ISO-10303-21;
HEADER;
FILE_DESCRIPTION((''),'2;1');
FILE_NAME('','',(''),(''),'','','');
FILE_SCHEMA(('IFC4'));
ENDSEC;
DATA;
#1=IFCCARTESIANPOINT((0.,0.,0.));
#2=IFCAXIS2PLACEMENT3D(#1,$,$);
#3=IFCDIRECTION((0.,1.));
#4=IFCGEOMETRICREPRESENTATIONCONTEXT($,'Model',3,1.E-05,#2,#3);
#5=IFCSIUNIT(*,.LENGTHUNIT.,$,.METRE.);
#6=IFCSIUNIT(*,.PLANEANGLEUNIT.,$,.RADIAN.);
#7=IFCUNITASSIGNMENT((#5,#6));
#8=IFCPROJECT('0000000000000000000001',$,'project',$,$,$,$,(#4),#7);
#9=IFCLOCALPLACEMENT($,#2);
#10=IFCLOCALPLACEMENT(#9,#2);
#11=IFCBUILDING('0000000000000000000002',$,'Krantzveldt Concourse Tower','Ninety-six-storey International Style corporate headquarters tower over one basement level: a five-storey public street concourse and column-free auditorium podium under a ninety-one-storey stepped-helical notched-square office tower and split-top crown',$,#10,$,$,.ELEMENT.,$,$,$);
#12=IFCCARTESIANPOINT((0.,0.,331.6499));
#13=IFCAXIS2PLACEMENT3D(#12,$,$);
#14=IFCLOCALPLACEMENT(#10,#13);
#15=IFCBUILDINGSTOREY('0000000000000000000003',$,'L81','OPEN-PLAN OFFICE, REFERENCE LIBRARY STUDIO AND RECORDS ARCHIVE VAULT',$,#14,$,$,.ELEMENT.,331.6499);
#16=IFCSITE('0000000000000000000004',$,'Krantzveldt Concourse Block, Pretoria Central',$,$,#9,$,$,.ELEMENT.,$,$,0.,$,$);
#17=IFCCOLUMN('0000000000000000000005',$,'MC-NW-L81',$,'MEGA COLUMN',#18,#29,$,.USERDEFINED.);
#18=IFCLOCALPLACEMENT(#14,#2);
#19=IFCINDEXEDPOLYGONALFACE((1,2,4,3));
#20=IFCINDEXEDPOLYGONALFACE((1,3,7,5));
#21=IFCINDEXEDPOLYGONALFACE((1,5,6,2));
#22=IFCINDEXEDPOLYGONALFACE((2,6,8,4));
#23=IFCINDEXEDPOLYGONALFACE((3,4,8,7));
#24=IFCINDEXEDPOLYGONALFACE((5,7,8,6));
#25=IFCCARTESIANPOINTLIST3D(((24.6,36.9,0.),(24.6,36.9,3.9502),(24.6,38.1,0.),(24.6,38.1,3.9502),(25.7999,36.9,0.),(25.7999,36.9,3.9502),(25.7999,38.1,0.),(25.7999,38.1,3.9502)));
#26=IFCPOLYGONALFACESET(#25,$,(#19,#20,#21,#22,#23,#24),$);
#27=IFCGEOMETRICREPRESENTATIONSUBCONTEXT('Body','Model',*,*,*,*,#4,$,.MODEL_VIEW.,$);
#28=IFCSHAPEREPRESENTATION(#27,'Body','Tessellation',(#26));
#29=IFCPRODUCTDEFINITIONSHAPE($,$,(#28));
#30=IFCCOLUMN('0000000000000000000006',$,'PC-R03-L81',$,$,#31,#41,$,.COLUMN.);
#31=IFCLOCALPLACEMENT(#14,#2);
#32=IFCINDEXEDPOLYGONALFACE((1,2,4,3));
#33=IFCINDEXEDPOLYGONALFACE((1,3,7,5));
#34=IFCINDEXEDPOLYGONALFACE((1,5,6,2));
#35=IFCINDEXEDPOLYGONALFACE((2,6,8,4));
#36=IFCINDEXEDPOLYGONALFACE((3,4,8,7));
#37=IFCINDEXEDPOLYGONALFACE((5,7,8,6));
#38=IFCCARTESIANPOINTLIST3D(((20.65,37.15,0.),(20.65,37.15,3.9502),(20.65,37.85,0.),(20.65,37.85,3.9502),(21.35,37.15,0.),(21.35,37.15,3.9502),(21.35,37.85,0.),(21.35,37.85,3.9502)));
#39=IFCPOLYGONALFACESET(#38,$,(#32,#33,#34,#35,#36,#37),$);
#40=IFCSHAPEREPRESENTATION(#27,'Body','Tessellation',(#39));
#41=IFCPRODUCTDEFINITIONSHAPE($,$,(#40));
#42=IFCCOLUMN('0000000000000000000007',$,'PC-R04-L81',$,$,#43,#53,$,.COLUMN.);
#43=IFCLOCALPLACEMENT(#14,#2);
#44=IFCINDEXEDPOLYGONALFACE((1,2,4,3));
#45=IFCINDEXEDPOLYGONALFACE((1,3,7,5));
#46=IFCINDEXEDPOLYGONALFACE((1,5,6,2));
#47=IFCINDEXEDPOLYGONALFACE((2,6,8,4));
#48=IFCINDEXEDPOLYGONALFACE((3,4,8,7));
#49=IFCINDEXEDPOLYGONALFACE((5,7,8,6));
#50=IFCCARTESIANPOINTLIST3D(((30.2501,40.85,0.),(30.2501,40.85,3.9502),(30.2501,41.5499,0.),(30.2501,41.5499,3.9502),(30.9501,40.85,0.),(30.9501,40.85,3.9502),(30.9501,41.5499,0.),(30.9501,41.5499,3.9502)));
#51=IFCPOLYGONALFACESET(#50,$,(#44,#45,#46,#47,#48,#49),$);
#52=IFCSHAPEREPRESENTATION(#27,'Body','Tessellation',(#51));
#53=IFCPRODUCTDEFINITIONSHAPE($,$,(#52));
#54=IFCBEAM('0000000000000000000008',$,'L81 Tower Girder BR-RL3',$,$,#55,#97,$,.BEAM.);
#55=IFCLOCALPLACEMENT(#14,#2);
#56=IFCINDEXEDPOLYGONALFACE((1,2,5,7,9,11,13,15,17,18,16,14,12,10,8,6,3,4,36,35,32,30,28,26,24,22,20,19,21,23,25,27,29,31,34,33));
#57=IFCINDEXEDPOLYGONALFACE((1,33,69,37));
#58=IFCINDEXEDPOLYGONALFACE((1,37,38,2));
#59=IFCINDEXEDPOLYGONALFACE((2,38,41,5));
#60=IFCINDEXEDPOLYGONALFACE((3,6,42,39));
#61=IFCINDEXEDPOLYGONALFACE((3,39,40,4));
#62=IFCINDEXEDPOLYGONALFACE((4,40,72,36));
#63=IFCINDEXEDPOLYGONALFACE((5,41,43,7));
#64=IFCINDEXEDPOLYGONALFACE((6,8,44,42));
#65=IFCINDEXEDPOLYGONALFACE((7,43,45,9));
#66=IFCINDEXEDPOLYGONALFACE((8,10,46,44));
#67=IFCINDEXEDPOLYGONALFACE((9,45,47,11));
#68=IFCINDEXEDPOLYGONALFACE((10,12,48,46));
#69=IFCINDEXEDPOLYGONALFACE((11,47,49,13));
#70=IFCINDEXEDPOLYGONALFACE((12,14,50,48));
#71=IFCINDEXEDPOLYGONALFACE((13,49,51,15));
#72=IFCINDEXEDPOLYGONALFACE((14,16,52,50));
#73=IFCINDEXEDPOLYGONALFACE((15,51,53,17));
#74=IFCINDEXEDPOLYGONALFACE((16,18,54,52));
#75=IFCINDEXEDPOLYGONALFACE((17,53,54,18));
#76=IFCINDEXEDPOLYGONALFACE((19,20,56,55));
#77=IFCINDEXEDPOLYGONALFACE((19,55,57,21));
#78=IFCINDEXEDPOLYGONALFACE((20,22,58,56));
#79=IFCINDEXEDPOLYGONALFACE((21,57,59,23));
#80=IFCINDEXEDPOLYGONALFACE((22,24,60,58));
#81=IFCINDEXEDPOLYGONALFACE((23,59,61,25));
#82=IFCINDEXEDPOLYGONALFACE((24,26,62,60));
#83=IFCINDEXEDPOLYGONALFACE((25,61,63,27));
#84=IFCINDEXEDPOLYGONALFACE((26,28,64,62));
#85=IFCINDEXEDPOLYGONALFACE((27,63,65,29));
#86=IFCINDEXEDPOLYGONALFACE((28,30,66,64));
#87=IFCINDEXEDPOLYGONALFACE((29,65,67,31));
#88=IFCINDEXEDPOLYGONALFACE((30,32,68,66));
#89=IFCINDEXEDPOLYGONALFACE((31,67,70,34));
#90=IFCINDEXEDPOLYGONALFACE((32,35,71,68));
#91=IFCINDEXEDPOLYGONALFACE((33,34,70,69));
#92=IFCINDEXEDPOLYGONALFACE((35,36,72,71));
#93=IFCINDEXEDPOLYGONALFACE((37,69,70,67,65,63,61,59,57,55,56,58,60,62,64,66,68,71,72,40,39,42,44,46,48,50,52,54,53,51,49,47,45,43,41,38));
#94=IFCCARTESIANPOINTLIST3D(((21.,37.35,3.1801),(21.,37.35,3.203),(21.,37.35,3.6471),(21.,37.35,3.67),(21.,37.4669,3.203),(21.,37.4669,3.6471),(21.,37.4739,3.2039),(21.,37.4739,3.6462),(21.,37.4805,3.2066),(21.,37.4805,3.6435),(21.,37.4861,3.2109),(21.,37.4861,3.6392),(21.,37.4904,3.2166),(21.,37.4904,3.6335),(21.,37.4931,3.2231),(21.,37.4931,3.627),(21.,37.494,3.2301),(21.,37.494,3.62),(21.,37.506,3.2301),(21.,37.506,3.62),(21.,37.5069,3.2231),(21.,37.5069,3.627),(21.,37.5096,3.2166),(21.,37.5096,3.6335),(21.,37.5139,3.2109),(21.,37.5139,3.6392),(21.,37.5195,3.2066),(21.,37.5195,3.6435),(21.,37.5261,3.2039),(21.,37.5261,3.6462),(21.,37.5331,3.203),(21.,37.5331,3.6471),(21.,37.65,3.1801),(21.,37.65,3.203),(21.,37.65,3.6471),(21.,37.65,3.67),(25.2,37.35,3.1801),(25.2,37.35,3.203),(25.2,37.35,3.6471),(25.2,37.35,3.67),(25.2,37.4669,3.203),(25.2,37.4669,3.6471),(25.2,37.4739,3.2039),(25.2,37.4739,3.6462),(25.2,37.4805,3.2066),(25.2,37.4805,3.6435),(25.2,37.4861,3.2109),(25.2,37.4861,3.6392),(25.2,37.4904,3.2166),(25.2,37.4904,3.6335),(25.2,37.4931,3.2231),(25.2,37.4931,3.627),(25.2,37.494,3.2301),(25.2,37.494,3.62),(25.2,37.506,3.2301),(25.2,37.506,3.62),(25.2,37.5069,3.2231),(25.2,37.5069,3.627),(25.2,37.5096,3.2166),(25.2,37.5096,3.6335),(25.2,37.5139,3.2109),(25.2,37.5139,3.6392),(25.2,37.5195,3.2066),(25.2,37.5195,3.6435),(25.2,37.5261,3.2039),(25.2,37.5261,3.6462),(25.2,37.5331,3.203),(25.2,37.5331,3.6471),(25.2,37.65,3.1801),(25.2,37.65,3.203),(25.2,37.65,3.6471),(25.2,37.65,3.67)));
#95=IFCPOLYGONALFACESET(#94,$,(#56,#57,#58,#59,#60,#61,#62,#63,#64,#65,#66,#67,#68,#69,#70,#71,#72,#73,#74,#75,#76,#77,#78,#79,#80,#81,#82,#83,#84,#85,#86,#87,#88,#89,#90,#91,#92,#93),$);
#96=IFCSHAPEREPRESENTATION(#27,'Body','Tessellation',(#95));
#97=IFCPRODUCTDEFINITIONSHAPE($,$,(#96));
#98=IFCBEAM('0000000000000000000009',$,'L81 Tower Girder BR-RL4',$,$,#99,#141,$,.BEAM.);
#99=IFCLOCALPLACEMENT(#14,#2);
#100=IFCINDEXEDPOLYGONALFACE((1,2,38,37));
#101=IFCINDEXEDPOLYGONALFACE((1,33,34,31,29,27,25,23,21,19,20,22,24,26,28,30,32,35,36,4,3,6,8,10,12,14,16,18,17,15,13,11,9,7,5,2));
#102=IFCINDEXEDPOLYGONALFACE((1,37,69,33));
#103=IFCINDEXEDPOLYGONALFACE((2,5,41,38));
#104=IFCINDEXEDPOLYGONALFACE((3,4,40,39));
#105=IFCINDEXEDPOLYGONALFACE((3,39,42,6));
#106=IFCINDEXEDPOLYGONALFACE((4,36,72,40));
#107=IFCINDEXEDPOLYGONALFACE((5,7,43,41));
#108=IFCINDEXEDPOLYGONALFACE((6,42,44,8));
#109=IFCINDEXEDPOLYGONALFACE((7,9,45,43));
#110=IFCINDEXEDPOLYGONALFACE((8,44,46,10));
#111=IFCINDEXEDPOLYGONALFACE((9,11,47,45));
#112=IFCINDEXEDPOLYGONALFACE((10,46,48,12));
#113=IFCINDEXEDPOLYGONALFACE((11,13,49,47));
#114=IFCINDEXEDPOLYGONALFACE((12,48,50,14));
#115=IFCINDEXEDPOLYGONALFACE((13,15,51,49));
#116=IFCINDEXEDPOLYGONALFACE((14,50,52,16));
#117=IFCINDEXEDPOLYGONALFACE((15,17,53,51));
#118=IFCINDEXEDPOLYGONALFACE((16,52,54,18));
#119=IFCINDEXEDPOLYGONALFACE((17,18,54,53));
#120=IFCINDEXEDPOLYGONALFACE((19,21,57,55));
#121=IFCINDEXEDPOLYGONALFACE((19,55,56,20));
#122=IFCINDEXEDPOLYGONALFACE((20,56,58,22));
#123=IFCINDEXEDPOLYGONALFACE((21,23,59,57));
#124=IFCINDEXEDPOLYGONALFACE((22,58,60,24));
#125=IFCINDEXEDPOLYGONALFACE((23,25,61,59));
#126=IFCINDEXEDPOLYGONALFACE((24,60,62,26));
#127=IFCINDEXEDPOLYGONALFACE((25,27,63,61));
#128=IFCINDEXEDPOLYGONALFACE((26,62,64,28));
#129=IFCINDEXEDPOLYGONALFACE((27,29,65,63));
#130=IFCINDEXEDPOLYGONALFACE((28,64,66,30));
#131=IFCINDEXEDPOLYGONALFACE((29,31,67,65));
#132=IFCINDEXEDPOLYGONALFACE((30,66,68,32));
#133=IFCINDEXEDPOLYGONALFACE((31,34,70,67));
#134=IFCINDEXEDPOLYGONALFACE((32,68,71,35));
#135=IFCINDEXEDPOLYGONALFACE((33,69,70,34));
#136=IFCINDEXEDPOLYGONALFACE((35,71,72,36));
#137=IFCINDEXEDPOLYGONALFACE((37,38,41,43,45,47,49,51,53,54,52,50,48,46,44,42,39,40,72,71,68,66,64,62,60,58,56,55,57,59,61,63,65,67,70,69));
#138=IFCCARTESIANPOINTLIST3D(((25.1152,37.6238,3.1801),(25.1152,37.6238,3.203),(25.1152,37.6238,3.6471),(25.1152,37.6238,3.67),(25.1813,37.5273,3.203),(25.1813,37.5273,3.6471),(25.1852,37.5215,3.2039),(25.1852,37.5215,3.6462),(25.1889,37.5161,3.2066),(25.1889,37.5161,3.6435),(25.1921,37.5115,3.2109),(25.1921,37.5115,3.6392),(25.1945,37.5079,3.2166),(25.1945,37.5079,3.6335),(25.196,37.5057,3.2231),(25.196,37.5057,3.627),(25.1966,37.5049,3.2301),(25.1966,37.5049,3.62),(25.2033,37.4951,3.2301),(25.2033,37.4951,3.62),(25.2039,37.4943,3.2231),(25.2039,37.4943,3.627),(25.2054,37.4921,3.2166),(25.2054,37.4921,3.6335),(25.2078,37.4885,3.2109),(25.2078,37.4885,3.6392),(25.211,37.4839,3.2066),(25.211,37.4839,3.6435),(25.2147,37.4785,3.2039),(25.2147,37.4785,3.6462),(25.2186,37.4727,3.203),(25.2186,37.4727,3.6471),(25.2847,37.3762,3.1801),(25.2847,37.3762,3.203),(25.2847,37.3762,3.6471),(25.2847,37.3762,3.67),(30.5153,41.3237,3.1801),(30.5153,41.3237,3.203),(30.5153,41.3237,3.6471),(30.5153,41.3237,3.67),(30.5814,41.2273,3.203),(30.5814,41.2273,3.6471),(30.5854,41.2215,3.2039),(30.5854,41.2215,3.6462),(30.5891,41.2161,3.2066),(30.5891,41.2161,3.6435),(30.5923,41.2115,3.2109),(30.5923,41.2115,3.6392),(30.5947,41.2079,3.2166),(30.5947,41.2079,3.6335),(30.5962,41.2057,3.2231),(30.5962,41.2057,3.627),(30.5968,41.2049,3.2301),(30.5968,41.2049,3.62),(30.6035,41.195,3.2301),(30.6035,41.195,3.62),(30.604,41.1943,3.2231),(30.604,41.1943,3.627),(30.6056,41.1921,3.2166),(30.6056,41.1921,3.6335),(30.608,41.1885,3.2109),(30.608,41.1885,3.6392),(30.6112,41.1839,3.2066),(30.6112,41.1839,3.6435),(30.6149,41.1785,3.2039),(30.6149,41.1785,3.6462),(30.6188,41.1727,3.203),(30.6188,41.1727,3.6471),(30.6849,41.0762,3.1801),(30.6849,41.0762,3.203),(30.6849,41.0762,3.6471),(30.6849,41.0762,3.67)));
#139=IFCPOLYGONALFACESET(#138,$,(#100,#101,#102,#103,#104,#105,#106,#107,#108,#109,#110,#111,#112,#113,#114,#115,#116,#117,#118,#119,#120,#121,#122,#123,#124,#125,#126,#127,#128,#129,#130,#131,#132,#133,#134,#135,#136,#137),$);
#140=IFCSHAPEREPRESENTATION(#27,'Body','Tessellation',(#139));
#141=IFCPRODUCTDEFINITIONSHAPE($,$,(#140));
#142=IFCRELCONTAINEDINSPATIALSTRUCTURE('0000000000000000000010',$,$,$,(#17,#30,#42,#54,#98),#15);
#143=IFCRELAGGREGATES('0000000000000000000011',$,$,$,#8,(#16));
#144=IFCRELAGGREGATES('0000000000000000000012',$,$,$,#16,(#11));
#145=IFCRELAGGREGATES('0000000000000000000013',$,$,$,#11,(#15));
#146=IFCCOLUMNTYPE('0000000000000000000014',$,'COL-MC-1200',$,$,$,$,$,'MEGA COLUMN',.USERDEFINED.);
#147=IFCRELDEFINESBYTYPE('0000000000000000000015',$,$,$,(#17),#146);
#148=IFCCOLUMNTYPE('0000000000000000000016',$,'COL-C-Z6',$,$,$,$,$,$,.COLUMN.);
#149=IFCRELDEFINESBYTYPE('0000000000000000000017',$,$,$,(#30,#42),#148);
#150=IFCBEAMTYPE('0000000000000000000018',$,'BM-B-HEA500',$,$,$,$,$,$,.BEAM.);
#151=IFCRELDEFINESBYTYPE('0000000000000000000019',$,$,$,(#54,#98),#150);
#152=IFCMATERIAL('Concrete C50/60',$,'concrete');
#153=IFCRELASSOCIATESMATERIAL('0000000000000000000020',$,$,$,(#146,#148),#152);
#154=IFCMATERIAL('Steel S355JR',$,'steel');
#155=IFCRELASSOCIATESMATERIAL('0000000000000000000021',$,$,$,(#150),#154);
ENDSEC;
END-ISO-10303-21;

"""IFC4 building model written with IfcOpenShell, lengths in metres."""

from ifc_helpers import new_model, si_unit, direction, frame, origin, origin_2d, place, context, subcontext, project, spatial, rectangle, i_section, extrude, source, transform, mapped, material, material_profile, profile_set, type_object, type_shapes, element, save


model = new_model("IFC4")

# Units and contexts
model_context = context("Model", 3, precision=1e-05, world=origin(), true_north=direction((0.0, 1.0)))
body_context = subcontext(model_context, "Body", "Model", "MODEL_VIEW")
ifc_project = project(units=[si_unit("LENGTHUNIT", "METRE"), si_unit("PLANEANGLEUNIT", "RADIAN")], contexts=[model_context])

# Site, building, storey
site_placement = place(None, origin())
site = spatial("IfcSite", under=ifc_project, at=site_placement, Name="Krantzveldt Concourse Block, Pretoria Central", CompositionType="ELEMENT", RefElevation=0.0)
building_placement = place(site_placement, origin())
building = spatial("IfcBuilding", under=site, at=building_placement, Name="Krantzveldt Concourse Tower", Description="Ninety-six-storey International Style corporate headquarters tower over one basement level: a five-storey public street concourse and column-free auditorium podium under a ninety-one-storey stepped-helical notched-square office tower and split-top crown", CompositionType="ELEMENT")
storey_placement = place(building_placement, frame((0.0, 0.0, 331.6499)))
storey = spatial("IfcBuildingStorey", under=building, at=storey_placement, Name="L81", Description="OPEN-PLAN OFFICE, REFERENCE LIBRARY STUDIO AND RECORDS ARCHIVE VAULT", CompositionType="ELEMENT", Elevation=331.6499)

# Columns
ifc_material_1 = material(Name="Concrete C50/60", Category="concrete")
ifc_material_profile_1 = material_profile(ifc_material_1, rectangle(XDim=1.2, YDim=1.2, at=origin_2d()), Name="Concrete C50/60", Category="concrete")
ifc_profile_set_1 = profile_set([ifc_material_profile_1], Name="Concrete C50/60 - RC 1200x1200")
column_type_1 = type_object("IfcColumnType", Name="COL-MC-1200", ElementType="MEGA COLUMN", PredefinedType="USERDEFINED", material=ifc_profile_set_1)
shared_shape_1 = source(origin(), body_context, "Body", "SweptSolid", [
    extrude(rectangle(XDim=1.2, YDim=1.2, at=origin_2d()), origin(), (0.0, 0.0, 1.0), 3.9502),
])
type_shapes(column_type_1, [shared_shape_1])
column_placement = place(storey_placement, frame((25.2, 37.5, 0.0), z_axis=(0.0, 0.0, 1.0), x_axis=(1.0, 0.0, 0.0)))
element("IfcColumn", 1, at=column_placement, inside=storey, type_object=column_type_1, Name="MC-NW-L81", ObjectType="MEGA COLUMN", PredefinedType="USERDEFINED", context=body_context, shape_type="MappedRepresentation", body=[
    mapped(shared_shape_1, transform((0.0, 0.0, 0.0), x_axis=(1.0, 0.0, 0.0), y_axis=(0.0, 1.0, 0.0), z_axis=(0.0, 0.0, 1.0), scale=1.0)),
])
ifc_material_profile_2 = material_profile(ifc_material_1, rectangle(XDim=0.7, YDim=0.7, at=origin_2d()), Name="Concrete C50/60", Category="concrete")
ifc_profile_set_2 = profile_set([ifc_material_profile_2], Name="Concrete C50/60 - RC 700x700")
column_type_2 = type_object("IfcColumnType", Name="COL-C-Z6", PredefinedType="COLUMN", material=ifc_profile_set_2)
shared_shape_2 = source(origin(), body_context, "Body", "SweptSolid", [
    extrude(rectangle(XDim=0.7, YDim=0.7, at=origin_2d()), origin(), (0.0, 0.0, 1.0), 3.9502),
])
type_shapes(column_type_2, [shared_shape_2])
for number, where, z_axis, x_axis, name in (
    (2, (21.0, 37.5, 0.0), (0.0, 0.0, 1.0), (1.0, 0.0, 0.0), "PC-R03-L81"),
    (3, (30.6001, 41.2, 0.0), (0.0, 0.0, 1.0), (1.0, 0.0, 0.0), "PC-R04-L81"),
):
    element("IfcColumn", number, at=place(storey_placement, frame(where, z_axis=z_axis, x_axis=x_axis)), inside=storey, type_object=column_type_2, Name=name, PredefinedType="COLUMN", context=body_context, shape_type="MappedRepresentation", body=[
        mapped(shared_shape_2, transform((0.0, 0.0, 0.0), x_axis=(1.0, 0.0, 0.0), y_axis=(0.0, 1.0, 0.0), z_axis=(0.0, 0.0, 1.0), scale=1.0)),
    ])

# Beams
ifc_material_2 = material(Name="Steel S355JR", Category="steel")
ifc_material_profile_3 = material_profile(ifc_material_2, i_section(OverallWidth=0.3, OverallDepth=0.49, WebThickness=0.012, FlangeThickness=0.0229, FilletRadius=0.0271, at=origin_2d()), Name="Steel S355JR", Category="steel")
ifc_profile_set_3 = profile_set([ifc_material_profile_3], Name="Steel S355JR - HEA 500")
beam_type_1 = type_object("IfcBeamType", Name="BM-B-HEA500", PredefinedType="BEAM", material=ifc_profile_set_3)
shared_shape_3 = source(origin(), body_context, "Body", "SweptSolid", [
    extrude(i_section(OverallWidth=0.3, OverallDepth=0.49, WebThickness=0.012, FlangeThickness=0.0229, FilletRadius=0.0271, at=origin_2d()), origin(), (0.0, 0.0, 1.0), 4.2),
])
beam_1_placement = place(storey_placement, frame((21.0, 37.5, 3.425), z_axis=(1.0, 0.0, 0.0), x_axis=(0.0, 1.0, 0.0)))
element("IfcBeam", 4, at=beam_1_placement, inside=storey, type_object=beam_type_1, Name="L81 Tower Girder BR-RL3", PredefinedType="BEAM", context=body_context, shape_type="MappedRepresentation", body=[
    mapped(shared_shape_3, transform((0.0, 0.0, 0.0), x_axis=(1.0, 0.0, 0.0), y_axis=(0.0, 1.0, 0.0), z_axis=(0.0, 0.0, 1.0), scale=1.0)),
])
shared_shape_4 = source(origin(), body_context, "Body", "SweptSolid", [
    extrude(i_section(OverallWidth=0.3, OverallDepth=0.49, WebThickness=0.012, FlangeThickness=0.0229, FilletRadius=0.0271, at=origin_2d()), origin(), (0.0, 0.0, 1.0), 6.5461),
])
type_shapes(beam_type_1, [shared_shape_3, shared_shape_4])
beam_2_placement = place(storey_placement, frame((25.2, 37.5, 3.425), z_axis=(0.824943, 0.565216, 0.0), x_axis=(-0.565216, 0.824943, 0.0)))
element("IfcBeam", 5, at=beam_2_placement, inside=storey, type_object=beam_type_1, Name="L81 Tower Girder BR-RL4", PredefinedType="BEAM", context=body_context, shape_type="MappedRepresentation", body=[
    mapped(shared_shape_4, transform((0.0, 0.0, 0.0), x_axis=(1.0, 0.0, 0.0), y_axis=(0.0, 1.0, 0.0), z_axis=(0.0, 0.0, 1.0), scale=1.0)),
])

save(model, "model.ifc")
